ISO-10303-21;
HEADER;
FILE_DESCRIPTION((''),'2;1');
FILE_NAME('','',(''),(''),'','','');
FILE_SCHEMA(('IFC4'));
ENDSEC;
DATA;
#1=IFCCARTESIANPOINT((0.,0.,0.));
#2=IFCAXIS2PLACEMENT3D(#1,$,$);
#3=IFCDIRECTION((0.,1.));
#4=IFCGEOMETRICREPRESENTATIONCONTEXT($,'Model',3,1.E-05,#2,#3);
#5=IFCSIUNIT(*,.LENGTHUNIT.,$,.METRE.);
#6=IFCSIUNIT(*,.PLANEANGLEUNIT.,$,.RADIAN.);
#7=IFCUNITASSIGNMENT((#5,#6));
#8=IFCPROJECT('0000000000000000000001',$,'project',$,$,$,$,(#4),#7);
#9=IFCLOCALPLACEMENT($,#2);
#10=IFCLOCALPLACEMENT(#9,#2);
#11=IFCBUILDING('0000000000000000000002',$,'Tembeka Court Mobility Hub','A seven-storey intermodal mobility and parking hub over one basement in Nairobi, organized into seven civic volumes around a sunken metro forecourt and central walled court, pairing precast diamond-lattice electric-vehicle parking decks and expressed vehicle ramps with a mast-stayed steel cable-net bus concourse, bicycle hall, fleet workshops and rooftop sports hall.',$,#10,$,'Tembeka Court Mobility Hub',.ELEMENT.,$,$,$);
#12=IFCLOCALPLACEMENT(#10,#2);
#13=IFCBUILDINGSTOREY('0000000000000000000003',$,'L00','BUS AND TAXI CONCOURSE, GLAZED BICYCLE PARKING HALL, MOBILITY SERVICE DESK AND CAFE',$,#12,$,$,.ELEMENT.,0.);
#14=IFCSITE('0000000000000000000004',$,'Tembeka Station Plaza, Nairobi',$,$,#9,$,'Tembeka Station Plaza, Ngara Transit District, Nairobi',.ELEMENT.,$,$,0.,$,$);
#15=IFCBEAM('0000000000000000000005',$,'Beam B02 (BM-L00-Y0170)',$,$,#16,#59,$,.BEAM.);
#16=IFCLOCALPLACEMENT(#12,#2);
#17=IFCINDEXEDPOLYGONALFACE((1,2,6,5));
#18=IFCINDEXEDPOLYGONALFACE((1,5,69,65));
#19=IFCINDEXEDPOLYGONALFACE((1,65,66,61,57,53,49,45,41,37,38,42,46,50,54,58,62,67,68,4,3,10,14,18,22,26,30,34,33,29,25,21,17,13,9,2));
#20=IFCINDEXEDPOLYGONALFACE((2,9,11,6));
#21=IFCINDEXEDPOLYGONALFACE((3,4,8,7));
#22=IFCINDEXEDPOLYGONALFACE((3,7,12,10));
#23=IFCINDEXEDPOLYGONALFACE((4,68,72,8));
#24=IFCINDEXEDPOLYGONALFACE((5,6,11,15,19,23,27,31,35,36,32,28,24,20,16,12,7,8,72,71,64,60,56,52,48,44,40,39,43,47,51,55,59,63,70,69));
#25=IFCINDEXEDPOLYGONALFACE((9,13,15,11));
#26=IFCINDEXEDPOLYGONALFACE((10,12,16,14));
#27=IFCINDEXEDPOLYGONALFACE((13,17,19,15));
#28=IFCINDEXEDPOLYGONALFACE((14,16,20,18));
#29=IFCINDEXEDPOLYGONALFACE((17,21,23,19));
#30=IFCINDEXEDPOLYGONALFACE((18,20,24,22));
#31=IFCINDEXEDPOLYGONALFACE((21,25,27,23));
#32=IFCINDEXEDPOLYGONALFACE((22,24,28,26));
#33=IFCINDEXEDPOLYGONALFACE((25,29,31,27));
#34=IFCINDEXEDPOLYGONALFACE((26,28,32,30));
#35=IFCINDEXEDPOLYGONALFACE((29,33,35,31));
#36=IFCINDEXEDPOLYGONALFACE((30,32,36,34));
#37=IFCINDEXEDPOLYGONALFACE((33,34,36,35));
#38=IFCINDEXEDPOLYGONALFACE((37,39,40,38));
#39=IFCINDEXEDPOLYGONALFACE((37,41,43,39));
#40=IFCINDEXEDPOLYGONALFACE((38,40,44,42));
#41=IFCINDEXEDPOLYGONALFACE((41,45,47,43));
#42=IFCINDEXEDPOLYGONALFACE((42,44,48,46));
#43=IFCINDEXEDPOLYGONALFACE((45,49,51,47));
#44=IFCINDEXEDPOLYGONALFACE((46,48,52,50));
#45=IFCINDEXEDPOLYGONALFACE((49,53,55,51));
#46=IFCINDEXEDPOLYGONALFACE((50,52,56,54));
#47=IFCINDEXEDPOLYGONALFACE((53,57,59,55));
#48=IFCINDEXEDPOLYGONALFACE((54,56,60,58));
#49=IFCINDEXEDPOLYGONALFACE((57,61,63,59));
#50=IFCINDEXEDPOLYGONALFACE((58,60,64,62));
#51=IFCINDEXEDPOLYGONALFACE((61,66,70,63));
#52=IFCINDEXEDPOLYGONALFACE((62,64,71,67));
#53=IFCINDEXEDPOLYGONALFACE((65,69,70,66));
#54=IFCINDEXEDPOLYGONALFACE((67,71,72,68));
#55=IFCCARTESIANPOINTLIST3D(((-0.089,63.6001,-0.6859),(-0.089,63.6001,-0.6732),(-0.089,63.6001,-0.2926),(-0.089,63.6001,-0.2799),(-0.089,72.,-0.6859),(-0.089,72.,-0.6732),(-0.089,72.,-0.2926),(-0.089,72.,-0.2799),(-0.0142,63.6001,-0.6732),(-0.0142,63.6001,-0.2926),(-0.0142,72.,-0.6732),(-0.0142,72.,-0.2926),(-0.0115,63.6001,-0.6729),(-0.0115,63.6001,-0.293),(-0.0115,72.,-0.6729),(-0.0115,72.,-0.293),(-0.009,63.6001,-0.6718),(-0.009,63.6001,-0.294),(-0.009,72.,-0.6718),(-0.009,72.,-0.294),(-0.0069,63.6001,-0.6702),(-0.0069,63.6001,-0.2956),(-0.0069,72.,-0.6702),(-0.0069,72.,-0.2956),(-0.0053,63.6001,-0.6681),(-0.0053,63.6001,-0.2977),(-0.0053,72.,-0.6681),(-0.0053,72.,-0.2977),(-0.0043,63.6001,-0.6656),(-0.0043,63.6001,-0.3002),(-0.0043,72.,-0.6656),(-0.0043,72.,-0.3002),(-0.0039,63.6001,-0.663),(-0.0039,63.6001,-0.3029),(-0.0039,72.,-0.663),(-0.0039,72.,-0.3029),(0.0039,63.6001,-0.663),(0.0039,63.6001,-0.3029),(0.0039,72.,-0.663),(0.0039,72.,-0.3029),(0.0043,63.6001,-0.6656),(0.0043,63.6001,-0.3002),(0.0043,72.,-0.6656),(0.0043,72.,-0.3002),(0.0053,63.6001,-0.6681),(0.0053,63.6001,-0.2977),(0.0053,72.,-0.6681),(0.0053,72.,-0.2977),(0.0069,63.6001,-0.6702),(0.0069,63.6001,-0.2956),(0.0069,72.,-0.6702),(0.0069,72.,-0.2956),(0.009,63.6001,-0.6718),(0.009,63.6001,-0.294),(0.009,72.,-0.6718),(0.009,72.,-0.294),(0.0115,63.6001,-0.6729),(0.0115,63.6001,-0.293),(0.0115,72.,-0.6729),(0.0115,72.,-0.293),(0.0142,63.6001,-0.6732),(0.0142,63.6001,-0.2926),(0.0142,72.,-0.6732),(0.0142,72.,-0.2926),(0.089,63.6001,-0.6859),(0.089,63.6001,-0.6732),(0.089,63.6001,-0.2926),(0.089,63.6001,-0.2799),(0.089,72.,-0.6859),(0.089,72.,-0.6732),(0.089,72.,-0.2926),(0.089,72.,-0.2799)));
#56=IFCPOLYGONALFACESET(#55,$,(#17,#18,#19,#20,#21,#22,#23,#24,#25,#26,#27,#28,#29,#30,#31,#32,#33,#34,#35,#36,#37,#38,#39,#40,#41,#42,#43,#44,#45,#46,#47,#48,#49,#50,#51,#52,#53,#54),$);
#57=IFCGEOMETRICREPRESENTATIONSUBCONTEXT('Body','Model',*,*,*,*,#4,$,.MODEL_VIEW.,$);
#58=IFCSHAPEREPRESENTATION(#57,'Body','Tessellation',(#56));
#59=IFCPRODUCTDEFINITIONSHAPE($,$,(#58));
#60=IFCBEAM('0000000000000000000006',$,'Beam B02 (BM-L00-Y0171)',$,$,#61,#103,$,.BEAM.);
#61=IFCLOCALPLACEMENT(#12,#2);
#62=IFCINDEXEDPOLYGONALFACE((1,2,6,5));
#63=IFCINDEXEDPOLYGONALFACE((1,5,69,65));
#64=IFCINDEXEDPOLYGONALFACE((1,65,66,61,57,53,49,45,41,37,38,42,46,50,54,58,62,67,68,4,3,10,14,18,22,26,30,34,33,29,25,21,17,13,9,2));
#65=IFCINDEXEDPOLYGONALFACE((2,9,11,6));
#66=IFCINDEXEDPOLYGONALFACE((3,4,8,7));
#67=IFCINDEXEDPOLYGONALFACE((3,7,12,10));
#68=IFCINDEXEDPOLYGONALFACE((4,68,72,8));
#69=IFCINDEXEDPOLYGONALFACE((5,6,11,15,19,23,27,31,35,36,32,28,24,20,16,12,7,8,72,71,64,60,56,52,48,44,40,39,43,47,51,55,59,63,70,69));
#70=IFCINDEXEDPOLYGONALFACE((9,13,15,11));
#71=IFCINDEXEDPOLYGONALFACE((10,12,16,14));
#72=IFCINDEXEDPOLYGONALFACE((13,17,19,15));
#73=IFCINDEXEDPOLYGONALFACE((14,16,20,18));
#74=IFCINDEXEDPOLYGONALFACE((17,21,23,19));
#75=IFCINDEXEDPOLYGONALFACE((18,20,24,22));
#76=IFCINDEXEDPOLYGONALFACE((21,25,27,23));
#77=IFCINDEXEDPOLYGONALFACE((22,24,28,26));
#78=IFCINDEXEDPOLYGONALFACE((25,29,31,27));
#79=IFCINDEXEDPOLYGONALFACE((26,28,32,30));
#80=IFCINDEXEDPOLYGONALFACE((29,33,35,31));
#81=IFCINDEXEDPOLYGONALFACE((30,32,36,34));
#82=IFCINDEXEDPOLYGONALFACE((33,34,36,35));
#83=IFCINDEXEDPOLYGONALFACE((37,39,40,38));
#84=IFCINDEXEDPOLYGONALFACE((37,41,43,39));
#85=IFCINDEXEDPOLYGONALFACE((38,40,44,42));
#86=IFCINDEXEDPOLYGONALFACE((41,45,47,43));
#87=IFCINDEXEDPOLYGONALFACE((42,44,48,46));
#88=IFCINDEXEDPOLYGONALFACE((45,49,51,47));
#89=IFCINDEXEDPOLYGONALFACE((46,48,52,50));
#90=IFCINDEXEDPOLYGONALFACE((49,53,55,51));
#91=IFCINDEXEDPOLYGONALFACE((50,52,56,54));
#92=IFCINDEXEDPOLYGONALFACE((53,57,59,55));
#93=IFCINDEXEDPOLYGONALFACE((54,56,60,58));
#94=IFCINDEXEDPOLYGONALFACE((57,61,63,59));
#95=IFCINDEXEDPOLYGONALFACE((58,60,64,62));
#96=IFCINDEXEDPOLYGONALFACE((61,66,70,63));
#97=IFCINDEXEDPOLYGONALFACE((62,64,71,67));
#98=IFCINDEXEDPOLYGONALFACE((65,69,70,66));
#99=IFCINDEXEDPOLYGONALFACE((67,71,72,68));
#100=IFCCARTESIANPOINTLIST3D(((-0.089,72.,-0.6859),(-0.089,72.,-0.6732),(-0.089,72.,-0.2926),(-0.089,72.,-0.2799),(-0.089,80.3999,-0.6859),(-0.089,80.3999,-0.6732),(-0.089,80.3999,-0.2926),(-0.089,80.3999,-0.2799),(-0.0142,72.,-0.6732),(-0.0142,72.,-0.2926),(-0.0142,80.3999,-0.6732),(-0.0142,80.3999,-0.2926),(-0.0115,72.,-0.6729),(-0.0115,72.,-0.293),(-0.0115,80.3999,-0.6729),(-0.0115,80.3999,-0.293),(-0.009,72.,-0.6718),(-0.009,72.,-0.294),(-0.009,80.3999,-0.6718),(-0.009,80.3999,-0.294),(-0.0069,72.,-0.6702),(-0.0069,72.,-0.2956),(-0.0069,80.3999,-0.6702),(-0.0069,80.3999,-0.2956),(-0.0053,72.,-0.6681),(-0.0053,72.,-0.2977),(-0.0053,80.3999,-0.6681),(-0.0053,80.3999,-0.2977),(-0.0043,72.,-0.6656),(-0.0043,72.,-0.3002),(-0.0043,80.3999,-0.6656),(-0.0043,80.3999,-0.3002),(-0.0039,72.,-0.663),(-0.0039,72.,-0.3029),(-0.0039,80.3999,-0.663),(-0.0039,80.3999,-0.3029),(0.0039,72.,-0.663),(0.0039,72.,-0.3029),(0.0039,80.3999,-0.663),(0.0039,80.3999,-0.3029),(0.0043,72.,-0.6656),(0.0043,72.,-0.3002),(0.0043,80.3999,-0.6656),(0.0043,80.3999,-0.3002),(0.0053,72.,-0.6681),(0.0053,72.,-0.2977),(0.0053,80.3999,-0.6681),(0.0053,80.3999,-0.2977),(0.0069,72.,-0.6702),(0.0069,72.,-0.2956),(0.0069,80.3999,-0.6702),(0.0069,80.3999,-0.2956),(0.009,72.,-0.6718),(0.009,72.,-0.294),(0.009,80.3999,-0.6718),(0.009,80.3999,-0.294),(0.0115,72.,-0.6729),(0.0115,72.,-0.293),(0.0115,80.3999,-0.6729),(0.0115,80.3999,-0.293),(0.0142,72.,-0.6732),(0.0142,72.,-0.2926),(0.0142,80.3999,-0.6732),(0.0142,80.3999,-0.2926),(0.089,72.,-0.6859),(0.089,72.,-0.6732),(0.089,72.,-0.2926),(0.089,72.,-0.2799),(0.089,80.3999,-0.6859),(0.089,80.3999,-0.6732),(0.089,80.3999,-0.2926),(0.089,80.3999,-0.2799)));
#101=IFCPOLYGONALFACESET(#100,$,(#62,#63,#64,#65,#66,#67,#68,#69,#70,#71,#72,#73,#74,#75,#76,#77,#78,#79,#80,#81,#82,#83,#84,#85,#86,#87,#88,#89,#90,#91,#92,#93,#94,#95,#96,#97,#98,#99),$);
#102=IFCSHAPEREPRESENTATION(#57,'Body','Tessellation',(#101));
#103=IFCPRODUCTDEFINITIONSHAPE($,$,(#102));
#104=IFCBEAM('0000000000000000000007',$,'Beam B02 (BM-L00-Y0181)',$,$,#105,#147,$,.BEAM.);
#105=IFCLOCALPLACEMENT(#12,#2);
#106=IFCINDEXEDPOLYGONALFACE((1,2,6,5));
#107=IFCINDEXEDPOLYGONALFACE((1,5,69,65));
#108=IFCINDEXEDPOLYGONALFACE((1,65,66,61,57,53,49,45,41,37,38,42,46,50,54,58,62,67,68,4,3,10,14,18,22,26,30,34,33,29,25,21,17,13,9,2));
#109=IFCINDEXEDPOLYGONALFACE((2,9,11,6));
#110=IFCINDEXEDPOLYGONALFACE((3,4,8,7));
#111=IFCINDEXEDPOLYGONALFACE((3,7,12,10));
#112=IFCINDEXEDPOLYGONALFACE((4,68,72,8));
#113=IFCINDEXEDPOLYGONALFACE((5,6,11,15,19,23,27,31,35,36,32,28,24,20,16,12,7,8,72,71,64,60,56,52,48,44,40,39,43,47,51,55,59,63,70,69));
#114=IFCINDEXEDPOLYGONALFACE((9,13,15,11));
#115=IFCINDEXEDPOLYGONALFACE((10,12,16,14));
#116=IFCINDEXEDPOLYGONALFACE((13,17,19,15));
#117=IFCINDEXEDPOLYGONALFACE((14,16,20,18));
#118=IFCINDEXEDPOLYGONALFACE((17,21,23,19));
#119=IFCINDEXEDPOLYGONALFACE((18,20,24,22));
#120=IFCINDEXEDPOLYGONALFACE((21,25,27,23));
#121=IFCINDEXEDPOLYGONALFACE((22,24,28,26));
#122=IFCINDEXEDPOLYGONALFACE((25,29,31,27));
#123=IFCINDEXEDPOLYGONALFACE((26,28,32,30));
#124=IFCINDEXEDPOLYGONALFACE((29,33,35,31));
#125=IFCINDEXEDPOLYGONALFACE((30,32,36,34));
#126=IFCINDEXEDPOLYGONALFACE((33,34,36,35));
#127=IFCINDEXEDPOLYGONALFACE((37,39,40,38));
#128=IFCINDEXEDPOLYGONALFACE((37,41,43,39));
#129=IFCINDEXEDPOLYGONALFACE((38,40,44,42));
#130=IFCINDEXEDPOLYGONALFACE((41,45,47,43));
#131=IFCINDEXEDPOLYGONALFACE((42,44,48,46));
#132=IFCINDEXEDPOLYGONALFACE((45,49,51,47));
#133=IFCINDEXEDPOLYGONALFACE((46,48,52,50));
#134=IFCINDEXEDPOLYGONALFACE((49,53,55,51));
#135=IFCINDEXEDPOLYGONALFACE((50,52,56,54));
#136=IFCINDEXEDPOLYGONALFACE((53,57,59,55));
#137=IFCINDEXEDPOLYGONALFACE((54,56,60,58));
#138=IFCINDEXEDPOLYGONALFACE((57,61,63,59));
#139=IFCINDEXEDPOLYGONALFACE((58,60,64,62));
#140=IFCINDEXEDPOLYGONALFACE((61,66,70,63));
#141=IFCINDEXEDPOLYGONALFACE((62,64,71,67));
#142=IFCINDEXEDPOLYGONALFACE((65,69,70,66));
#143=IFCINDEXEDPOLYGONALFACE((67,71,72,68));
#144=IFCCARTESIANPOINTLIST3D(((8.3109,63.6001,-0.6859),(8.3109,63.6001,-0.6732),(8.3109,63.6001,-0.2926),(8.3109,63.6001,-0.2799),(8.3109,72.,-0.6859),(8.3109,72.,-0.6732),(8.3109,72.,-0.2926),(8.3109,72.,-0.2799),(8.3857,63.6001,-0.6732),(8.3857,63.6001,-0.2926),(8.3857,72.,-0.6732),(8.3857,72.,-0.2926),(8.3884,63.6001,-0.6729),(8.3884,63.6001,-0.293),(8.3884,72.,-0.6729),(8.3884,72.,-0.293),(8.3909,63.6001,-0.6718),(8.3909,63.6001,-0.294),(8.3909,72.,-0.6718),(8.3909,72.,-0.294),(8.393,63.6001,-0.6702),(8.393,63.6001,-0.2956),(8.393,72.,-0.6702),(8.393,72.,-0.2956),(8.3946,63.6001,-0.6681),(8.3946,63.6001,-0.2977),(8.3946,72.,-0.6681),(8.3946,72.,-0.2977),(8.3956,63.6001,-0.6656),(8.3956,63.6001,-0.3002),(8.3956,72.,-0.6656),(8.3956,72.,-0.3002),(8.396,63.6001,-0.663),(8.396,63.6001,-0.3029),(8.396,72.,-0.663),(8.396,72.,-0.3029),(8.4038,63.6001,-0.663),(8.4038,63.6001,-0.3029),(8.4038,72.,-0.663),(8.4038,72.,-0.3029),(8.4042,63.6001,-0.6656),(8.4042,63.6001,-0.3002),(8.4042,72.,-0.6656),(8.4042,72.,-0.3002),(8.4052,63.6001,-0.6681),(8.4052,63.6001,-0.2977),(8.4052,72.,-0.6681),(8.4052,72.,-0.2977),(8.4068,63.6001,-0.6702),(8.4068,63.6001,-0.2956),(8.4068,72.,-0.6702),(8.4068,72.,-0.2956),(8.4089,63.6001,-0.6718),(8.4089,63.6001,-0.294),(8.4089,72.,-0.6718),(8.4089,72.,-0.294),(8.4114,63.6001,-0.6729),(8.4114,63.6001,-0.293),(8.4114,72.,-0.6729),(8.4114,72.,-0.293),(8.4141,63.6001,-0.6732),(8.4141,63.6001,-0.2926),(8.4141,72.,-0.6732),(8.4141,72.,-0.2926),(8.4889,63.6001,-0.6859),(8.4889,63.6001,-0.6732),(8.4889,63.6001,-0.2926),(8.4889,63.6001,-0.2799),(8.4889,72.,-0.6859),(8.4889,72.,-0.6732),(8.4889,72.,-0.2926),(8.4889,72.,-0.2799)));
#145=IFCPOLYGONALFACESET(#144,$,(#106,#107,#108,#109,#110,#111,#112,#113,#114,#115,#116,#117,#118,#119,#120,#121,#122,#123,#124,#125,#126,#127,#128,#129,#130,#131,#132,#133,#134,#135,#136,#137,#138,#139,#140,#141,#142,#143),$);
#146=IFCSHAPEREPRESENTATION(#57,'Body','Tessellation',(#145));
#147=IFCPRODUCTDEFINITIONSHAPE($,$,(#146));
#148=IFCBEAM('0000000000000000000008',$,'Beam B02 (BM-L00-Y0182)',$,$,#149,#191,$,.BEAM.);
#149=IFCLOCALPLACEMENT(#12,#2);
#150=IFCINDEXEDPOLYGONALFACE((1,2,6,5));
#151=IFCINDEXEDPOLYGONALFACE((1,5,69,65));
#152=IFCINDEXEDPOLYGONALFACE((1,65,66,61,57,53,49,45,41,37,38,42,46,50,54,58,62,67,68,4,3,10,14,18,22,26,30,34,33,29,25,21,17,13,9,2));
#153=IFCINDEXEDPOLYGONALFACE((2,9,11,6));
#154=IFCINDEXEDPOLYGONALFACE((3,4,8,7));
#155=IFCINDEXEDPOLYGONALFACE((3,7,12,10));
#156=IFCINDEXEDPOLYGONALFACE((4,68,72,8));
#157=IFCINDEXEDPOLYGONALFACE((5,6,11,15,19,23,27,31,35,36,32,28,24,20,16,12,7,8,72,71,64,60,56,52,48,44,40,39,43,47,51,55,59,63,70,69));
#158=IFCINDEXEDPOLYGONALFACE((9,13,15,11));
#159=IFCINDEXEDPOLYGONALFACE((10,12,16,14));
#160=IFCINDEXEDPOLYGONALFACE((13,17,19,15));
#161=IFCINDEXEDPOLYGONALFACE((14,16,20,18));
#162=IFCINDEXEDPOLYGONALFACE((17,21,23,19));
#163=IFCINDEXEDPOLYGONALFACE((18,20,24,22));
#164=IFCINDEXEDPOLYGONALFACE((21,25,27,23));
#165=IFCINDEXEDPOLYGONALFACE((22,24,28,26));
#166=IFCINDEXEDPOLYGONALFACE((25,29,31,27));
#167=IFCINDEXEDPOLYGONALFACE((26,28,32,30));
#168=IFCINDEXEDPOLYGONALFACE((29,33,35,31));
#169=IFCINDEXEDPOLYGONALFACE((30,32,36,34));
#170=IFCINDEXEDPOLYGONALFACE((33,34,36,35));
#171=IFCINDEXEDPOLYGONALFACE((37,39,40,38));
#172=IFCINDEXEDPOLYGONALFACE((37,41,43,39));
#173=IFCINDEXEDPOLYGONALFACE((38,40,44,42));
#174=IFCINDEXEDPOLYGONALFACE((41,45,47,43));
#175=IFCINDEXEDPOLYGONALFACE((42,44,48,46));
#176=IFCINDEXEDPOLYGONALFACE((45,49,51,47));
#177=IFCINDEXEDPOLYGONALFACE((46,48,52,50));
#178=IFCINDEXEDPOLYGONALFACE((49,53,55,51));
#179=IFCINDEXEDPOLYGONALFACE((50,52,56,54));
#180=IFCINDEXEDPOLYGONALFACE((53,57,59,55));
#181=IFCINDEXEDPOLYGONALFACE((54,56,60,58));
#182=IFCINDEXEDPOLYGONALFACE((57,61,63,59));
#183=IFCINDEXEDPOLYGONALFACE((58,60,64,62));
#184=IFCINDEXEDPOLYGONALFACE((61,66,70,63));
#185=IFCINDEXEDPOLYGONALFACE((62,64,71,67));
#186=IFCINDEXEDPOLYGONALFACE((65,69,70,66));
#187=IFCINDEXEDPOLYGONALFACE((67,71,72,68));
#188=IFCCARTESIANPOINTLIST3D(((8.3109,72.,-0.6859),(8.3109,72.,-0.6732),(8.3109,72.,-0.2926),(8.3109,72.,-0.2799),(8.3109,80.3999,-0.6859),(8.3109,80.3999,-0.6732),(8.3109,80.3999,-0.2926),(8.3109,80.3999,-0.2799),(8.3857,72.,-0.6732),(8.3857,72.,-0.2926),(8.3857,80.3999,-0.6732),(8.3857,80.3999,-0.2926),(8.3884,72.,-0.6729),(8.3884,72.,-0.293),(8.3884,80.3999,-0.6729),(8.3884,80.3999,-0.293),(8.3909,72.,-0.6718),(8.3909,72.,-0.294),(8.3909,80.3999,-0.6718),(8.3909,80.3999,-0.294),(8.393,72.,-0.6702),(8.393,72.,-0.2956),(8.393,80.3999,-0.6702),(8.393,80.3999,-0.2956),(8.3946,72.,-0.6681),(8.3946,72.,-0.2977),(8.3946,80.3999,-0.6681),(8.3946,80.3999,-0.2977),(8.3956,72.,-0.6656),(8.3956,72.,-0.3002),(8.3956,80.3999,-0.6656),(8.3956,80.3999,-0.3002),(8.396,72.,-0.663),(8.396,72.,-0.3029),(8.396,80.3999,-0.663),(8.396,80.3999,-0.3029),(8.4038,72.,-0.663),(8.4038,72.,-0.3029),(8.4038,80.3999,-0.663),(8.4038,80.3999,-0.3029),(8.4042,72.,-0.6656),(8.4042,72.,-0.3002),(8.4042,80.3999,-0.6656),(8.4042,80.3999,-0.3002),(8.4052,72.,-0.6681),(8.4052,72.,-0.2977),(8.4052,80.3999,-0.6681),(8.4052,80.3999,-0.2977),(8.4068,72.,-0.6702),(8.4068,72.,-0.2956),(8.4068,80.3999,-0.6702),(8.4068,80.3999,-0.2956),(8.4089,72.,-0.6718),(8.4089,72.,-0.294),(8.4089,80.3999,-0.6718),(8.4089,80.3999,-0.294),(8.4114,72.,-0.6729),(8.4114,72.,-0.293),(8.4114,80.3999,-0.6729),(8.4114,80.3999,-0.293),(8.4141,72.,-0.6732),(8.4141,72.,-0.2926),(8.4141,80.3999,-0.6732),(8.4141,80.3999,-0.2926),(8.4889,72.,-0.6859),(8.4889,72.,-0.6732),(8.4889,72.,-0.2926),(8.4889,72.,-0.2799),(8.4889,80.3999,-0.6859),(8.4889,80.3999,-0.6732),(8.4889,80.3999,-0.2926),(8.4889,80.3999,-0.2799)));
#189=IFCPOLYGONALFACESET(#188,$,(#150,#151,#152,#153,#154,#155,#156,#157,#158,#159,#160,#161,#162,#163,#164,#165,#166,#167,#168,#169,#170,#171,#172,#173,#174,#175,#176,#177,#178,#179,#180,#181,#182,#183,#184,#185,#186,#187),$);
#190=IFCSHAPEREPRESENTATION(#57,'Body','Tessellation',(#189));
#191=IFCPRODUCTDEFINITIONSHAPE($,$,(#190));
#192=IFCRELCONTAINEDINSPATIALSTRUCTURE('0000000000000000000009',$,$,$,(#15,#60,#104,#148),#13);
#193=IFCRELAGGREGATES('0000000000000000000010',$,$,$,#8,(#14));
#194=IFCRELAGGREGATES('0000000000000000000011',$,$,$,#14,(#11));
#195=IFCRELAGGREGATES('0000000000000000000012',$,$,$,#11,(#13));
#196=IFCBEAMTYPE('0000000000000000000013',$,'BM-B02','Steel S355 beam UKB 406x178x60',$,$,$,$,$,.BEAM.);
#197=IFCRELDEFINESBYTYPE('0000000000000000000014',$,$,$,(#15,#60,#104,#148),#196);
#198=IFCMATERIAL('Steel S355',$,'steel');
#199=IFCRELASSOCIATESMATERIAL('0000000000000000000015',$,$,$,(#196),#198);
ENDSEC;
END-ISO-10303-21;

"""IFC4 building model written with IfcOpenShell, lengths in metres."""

from ifc_helpers import new_model, si_unit, direction, frame, origin, origin_2d, place, context, subcontext, project, spatial, i_section, extrude, material, material_profile, profile_set, type_object, element, save


model = new_model("IFC4")

# Units and contexts
model_context = context("Model", 3, precision=1e-05, world=origin(), true_north=direction((0.0, 1.0)))
body_context = subcontext(model_context, "Body", "Model", "MODEL_VIEW")
ifc_project = project(units=[si_unit("LENGTHUNIT", "METRE"), si_unit("PLANEANGLEUNIT", "RADIAN")], contexts=[model_context])

# Site, building, storey
site_placement = place(None, origin())
site = spatial("IfcSite", under=ifc_project, at=site_placement, Name="Tembeka Station Plaza, Nairobi", LongName="Tembeka Station Plaza, Ngara Transit District, Nairobi", CompositionType="ELEMENT", RefElevation=0.0)
building_placement = place(site_placement, origin())
building = spatial("IfcBuilding", under=site, at=building_placement, Name="Tembeka Court Mobility Hub", Description="A seven-storey intermodal mobility and parking hub over one basement in Nairobi, organized into seven civic volumes around a sunken metro forecourt and central walled court, pairing precast diamond-lattice electric-vehicle parking decks and expressed vehicle ramps with a mast-stayed steel cable-net bus concourse, bicycle hall, fleet workshops and rooftop sports hall.", LongName="Tembeka Court Mobility Hub", CompositionType="ELEMENT")
storey_placement = place(building_placement, origin())
storey = spatial("IfcBuildingStorey", under=building, at=storey_placement, Name="L00", Description="BUS AND TAXI CONCOURSE, GLAZED BICYCLE PARKING HALL, MOBILITY SERVICE DESK AND CAFE", CompositionType="ELEMENT", Elevation=0.0)

# Shared definitions
ifc_material_1 = material(Name="Steel S355", Category="steel")

# Beams
ifc_material_profile_1 = material_profile(ifc_material_1, i_section(OverallWidth=0.178, OverallDepth=0.406, WebThickness=0.0078, FlangeThickness=0.0127, FilletRadius=0.0103, at=origin_2d()), Name="UKB 406x178x60")
ifc_profile_set_1 = profile_set([ifc_material_profile_1], Name="Steel S355")
beam_type_1 = type_object("IfcBeamType", Name="BM-B02", Description="Steel S355 beam UKB 406x178x60", PredefinedType="BEAM", material=ifc_profile_set_1)
for number, where, z_axis, x_axis, name in (
    (1, (0.0, 63.6001, -0.4829), (0.0, 1.0, 0.0), (-1.0, 0.0, 0.0), "Beam B02 (BM-L00-Y0170)"),
    (2, (0.0, 72.0, -0.4829), (0.0, 1.0, 0.0), (-1.0, 0.0, 0.0), "Beam B02 (BM-L00-Y0171)"),
    (3, (8.3999, 63.6001, -0.4829), (0.0, 1.0, 0.0), (-1.0, 0.0, 0.0), "Beam B02 (BM-L00-Y0181)"),
    (4, (8.3999, 72.0, -0.4829), (0.0, 1.0, 0.0), (-1.0, 0.0, 0.0), "Beam B02 (BM-L00-Y0182)"),
):
    element("IfcBeam", number, at=place(storey_placement, frame(where, z_axis=z_axis, x_axis=x_axis)), inside=storey, type_object=beam_type_1, Name=name, PredefinedType="BEAM", context=body_context, shape_type="SweptSolid", body=[
        extrude(i_section(OverallWidth=0.178, OverallDepth=0.406, WebThickness=0.0078, FlangeThickness=0.0127, FilletRadius=0.0103, at=origin_2d()), origin(), (0.0, 0.0, 1.0), 8.3999),
    ])

save(model, "model.ifc")
